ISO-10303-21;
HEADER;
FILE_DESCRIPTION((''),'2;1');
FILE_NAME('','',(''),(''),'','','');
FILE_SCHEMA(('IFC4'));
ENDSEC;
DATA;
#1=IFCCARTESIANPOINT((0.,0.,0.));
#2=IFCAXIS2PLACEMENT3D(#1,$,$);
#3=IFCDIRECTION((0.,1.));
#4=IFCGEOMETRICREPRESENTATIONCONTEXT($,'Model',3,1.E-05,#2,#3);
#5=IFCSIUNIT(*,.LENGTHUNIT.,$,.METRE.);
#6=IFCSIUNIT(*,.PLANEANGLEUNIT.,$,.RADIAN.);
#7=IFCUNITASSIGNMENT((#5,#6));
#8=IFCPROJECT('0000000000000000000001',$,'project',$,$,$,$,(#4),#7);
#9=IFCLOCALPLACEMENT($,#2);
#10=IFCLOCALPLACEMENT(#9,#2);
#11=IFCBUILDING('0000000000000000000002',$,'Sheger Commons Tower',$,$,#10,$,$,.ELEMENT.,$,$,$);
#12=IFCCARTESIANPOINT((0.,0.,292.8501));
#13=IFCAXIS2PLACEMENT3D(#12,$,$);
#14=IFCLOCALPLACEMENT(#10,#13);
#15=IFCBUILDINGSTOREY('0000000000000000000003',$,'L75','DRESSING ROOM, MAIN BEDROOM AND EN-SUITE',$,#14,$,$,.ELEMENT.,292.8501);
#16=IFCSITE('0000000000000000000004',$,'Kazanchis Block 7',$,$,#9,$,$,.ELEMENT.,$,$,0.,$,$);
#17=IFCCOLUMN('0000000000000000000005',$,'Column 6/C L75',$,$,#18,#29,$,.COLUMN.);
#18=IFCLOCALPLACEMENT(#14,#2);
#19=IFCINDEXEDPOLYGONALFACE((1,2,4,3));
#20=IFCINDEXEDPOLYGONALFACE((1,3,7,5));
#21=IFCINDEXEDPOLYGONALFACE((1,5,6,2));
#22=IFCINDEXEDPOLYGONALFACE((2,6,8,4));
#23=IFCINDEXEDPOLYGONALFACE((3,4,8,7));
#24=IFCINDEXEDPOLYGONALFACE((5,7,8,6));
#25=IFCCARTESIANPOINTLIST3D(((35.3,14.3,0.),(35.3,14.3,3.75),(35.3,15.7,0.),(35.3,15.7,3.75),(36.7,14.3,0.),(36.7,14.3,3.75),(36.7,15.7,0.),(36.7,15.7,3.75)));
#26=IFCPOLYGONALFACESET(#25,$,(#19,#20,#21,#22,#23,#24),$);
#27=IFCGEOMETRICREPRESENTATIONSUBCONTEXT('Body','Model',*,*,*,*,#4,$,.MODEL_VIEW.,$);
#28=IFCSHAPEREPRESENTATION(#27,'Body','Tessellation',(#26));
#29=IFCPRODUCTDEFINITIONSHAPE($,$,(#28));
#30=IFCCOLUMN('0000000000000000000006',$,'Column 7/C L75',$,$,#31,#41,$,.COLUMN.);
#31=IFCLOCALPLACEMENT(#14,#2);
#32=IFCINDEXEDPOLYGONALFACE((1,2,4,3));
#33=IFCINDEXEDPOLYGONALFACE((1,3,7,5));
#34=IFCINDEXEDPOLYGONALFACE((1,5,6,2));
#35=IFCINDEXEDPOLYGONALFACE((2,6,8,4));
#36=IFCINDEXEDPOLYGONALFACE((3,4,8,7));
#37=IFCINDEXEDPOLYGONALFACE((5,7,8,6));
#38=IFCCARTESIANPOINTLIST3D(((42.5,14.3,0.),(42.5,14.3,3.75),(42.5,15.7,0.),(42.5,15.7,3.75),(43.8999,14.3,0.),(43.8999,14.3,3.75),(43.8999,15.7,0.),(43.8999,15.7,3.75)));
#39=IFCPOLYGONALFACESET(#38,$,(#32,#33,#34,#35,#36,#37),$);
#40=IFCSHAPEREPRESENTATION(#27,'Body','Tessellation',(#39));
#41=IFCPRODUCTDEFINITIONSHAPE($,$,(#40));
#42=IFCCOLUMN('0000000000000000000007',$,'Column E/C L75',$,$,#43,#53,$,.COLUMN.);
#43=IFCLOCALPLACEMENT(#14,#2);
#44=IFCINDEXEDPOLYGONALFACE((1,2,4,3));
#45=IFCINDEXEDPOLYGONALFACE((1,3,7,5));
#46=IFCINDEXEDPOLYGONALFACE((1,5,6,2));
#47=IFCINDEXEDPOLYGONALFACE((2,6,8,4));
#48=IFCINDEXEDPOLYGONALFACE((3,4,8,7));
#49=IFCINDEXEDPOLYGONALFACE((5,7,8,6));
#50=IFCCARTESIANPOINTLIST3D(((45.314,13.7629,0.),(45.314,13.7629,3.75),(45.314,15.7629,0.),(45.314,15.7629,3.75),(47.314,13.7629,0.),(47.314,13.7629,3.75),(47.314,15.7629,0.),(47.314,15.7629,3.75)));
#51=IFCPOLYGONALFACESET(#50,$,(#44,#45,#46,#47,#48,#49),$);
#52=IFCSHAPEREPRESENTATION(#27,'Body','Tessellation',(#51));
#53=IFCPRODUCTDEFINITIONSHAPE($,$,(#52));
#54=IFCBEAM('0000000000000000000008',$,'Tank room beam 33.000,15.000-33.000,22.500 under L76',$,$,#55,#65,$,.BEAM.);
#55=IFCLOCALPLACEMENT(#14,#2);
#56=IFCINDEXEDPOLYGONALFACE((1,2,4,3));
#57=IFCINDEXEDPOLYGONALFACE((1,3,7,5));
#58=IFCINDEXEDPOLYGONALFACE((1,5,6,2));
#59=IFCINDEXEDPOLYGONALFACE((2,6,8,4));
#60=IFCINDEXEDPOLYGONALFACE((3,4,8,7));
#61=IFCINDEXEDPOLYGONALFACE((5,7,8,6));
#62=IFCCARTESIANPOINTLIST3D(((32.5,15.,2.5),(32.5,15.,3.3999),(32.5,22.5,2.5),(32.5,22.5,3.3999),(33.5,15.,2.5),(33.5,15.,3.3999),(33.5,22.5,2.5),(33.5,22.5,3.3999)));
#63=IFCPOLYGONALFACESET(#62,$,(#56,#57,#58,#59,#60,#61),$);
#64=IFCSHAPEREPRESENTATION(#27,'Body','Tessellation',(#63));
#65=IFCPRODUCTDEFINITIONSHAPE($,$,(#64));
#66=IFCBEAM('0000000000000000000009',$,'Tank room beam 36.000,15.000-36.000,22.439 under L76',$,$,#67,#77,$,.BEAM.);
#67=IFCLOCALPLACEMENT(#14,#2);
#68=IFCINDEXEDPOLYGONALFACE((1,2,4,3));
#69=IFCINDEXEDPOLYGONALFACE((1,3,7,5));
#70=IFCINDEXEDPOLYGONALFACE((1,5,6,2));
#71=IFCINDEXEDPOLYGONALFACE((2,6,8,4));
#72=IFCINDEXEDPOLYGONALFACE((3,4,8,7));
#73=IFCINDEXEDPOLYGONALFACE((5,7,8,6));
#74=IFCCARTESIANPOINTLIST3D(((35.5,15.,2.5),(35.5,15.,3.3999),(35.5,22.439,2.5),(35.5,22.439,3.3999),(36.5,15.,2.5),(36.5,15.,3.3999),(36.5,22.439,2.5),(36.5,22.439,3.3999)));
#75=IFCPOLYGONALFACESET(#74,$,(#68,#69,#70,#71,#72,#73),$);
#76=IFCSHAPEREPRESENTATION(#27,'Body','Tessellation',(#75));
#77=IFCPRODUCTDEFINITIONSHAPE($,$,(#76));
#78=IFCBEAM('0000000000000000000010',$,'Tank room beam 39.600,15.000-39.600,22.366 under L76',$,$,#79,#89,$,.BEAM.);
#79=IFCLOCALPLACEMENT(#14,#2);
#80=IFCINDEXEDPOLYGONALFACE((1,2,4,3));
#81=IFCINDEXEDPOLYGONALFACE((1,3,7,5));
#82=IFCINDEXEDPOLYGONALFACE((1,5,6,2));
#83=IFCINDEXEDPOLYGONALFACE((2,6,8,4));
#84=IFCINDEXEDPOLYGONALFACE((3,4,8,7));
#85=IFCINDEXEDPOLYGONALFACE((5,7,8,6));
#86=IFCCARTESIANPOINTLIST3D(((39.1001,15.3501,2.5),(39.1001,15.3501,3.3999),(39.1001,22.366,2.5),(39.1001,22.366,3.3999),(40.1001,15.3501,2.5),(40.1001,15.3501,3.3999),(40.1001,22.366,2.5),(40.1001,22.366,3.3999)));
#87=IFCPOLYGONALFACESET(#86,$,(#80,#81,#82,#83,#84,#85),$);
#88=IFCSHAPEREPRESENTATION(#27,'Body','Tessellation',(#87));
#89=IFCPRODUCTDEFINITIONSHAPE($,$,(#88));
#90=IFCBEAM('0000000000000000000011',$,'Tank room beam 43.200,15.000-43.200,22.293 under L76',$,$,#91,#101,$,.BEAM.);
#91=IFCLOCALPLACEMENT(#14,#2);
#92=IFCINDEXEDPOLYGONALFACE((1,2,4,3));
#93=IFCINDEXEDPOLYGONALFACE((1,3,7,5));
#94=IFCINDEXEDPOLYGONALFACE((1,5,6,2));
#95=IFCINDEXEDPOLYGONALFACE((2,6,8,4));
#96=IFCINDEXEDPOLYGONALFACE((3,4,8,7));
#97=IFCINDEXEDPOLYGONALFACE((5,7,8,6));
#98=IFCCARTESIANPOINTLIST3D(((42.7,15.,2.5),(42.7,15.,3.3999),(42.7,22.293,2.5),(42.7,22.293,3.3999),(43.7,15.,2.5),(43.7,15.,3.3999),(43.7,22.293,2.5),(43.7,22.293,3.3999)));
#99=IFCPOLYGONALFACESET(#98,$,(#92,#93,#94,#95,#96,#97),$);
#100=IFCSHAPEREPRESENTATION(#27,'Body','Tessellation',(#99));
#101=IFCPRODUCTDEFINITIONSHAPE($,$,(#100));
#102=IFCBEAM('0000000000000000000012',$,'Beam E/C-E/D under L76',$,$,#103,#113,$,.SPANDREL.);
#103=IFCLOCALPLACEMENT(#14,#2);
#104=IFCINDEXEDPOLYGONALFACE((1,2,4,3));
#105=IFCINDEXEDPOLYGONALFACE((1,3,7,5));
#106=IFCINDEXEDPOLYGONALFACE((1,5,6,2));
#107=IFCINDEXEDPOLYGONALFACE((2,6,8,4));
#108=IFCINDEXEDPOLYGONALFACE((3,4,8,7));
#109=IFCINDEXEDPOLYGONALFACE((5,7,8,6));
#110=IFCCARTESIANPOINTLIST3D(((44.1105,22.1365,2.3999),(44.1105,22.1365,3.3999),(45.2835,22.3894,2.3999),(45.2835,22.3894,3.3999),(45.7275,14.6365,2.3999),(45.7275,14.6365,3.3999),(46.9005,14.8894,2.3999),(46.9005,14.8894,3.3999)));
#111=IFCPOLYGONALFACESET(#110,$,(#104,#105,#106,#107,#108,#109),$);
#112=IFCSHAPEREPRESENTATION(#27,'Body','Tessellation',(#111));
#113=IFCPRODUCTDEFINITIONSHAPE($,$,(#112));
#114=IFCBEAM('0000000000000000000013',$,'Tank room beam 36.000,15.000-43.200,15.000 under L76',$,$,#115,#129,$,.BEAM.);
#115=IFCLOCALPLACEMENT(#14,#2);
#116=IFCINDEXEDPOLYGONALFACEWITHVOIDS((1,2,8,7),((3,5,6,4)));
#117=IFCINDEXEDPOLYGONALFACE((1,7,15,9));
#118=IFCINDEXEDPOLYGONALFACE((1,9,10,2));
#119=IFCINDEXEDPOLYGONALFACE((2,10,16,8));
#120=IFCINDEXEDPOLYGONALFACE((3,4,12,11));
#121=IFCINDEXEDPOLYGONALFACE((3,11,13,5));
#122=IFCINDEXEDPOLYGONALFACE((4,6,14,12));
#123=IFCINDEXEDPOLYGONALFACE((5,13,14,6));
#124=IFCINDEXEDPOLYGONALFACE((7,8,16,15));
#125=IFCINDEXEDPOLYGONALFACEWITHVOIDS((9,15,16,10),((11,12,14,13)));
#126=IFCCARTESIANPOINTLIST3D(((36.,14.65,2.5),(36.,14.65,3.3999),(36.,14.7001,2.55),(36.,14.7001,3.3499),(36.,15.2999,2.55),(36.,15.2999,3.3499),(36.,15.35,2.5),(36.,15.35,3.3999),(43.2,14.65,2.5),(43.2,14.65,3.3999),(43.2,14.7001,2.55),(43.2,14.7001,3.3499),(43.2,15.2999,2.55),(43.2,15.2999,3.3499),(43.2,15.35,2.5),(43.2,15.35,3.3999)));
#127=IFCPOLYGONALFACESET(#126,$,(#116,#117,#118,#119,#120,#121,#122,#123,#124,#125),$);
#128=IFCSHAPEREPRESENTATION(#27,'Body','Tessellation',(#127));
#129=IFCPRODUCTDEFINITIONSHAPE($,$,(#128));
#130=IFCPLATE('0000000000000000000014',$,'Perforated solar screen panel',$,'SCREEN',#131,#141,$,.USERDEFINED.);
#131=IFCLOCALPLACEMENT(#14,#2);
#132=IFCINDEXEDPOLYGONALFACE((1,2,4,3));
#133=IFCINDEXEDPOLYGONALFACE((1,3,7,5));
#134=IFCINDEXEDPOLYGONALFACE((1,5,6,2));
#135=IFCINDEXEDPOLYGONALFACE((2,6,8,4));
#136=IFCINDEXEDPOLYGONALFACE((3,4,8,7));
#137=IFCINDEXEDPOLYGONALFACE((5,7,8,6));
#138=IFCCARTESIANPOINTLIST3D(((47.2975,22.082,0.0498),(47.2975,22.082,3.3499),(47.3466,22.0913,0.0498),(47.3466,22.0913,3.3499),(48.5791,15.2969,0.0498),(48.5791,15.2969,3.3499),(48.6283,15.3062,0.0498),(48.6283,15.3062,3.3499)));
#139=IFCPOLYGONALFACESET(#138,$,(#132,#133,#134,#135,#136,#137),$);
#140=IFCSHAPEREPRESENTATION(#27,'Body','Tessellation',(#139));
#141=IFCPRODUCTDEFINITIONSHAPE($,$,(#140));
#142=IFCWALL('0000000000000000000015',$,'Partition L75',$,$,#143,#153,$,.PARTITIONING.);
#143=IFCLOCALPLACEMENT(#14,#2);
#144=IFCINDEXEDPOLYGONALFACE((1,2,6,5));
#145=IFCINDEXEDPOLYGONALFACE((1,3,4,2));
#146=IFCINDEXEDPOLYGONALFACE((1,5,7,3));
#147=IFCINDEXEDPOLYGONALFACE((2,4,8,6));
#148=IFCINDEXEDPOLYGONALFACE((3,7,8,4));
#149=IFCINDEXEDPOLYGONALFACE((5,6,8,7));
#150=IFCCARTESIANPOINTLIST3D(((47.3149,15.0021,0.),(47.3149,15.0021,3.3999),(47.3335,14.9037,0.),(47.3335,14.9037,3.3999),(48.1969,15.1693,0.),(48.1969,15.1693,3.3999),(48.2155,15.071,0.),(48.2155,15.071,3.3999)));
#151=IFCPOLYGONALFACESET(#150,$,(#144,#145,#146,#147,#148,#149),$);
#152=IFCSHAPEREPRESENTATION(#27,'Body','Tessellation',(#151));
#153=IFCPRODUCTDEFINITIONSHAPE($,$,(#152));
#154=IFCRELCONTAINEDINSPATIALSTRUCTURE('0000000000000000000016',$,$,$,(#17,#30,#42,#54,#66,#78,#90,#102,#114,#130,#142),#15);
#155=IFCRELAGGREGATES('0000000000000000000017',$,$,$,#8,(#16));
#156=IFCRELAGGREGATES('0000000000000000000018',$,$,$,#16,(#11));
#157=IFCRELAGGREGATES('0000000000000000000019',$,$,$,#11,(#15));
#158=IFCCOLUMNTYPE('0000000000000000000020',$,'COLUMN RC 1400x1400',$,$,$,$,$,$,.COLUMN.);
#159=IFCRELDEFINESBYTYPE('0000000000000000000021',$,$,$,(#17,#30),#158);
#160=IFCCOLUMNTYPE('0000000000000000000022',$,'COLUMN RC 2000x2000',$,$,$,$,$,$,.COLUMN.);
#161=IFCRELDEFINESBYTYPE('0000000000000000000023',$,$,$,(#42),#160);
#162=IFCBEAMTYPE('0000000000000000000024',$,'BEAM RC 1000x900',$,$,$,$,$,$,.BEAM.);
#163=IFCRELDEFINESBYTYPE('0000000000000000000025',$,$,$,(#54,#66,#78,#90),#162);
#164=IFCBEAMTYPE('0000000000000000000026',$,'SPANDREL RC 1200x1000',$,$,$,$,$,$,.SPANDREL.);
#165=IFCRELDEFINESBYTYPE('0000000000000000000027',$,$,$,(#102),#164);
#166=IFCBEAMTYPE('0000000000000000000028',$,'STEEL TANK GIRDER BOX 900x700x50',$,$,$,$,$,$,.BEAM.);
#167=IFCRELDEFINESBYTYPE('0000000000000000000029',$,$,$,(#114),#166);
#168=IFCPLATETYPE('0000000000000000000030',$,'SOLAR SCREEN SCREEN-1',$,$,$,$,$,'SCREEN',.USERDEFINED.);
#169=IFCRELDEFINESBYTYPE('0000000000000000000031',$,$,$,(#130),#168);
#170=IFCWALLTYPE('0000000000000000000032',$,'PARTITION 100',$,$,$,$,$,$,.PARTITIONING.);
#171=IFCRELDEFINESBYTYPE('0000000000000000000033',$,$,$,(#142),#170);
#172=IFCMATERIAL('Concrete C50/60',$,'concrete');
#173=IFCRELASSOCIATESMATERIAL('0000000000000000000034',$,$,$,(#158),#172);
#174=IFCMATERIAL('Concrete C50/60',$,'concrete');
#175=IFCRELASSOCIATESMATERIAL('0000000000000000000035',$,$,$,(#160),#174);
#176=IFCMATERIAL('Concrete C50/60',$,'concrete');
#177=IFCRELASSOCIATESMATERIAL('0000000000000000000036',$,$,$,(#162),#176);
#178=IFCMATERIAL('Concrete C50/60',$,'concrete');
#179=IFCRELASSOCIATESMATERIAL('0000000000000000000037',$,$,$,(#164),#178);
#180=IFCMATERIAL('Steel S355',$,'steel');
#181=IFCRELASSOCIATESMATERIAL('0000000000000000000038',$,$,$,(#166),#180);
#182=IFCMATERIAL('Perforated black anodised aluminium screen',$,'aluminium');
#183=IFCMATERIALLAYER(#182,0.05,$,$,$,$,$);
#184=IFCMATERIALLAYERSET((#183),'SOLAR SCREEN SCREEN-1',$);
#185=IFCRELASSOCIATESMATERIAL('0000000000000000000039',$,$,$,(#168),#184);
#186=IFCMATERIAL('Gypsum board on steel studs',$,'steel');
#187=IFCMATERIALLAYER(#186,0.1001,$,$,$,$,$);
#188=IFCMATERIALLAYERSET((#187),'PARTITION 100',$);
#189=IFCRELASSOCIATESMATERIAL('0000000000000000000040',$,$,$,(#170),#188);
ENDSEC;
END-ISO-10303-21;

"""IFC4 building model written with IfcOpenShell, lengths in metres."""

from ifc_helpers import new_model, si_unit, direction, frame, frame_2d, origin, origin_2d, place, context, subcontext, project, spatial, rectangle, hollow_rectangle, extrude, material, layer, layer_set, material_profile, profile_set, type_object, element, save


model = new_model("IFC4")

# Units and contexts
model_context = context("Model", 3, precision=1e-05, world=origin(), true_north=direction((0.0, 1.0)))
body_context = subcontext(model_context, "Body", "Model", "MODEL_VIEW")
ifc_project = project(units=[si_unit("LENGTHUNIT", "METRE"), si_unit("PLANEANGLEUNIT", "RADIAN")], contexts=[model_context])

# Site, building, storey
site_placement = place(None, origin())
site = spatial("IfcSite", under=ifc_project, at=site_placement, Name="Kazanchis Block 7", CompositionType="ELEMENT", RefElevation=0.0)
building_placement = place(site_placement, origin())
building = spatial("IfcBuilding", under=site, at=building_placement, Name="Sheger Commons Tower", CompositionType="ELEMENT")
storey_placement = place(building_placement, frame((0.0, 0.0, 292.8501)))
storey = spatial("IfcBuildingStorey", under=building, at=storey_placement, Name="L75", Description="DRESSING ROOM, MAIN BEDROOM AND EN-SUITE", CompositionType="ELEMENT", Elevation=292.8501)

# Columns
ifc_material_1 = material(Name="Concrete C50/60", Category="concrete")
ifc_material_profile_1 = material_profile(ifc_material_1, rectangle(XDim=1.3999, YDim=1.3999, at=origin_2d()), Name="RC 1400x1400")
ifc_profile_set_1 = profile_set([ifc_material_profile_1], Name="Concrete C50/60")
column_type_1 = type_object("IfcColumnType", Name="COLUMN RC 1400x1400", PredefinedType="COLUMN", material=ifc_profile_set_1)
for number, where, z_axis, x_axis, name in (
    (1, (36.0, 15.0, 0.0), (0.0, 0.0, 1.0), (1.0, 0.0, 0.0), "Column 6/C L75"),
    (2, (43.2, 15.0, 0.0), (0.0, 0.0, 1.0), (1.0, 0.0, 0.0), "Column 7/C L75"),
):
    element("IfcColumn", number, at=place(storey_placement, frame(where, z_axis=z_axis, x_axis=x_axis)), inside=storey, type_object=column_type_1, Name=name, PredefinedType="COLUMN", context=body_context, shape_type="SweptSolid", body=[
        extrude(rectangle(XDim=1.3999, YDim=1.3999, at=origin_2d()), origin(), (0.0, 0.0, 1.0), 3.75),
    ])
ifc_material_2 = material(Name="Concrete C50/60", Category="concrete")
ifc_material_profile_2 = material_profile(ifc_material_2, rectangle(XDim=2.0, YDim=2.0, at=origin_2d()), Name="RC 2000x2000")
ifc_profile_set_2 = profile_set([ifc_material_profile_2], Name="Concrete C50/60")
column_type_2 = type_object("IfcColumnType", Name="COLUMN RC 2000x2000", PredefinedType="COLUMN", material=ifc_profile_set_2)
column_placement = place(storey_placement, frame((46.314, 14.7629, 0.0), z_axis=(0.0, 0.0, 1.0), x_axis=(1.0, 0.0, 0.0)))
element("IfcColumn", 3, at=column_placement, inside=storey, type_object=column_type_2, Name="Column E/C L75", PredefinedType="COLUMN", context=body_context, shape_type="SweptSolid", body=[
    extrude(rectangle(XDim=2.0, YDim=2.0, at=origin_2d()), origin(), (0.0, 0.0, 1.0), 3.75),
])

# Beams
ifc_material_3 = material(Name="Concrete C50/60", Category="concrete")
ifc_material_profile_3 = material_profile(ifc_material_3, rectangle(XDim=1.0, YDim=0.8999, at=origin_2d()), Name="RC 1000x900")
ifc_profile_set_3 = profile_set([ifc_material_profile_3], Name="Concrete C50/60")
beam_type_1 = type_object("IfcBeamType", Name="BEAM RC 1000x900", PredefinedType="BEAM", material=ifc_profile_set_3)
beam_1_placement = place(storey_placement, frame((33.0, 15.0, 2.95), z_axis=(0.0, 1.0, 0.0), x_axis=(-1.0, 0.0, 0.0)))
element("IfcBeam", 4, at=beam_1_placement, inside=storey, type_object=beam_type_1, Name="Tank room beam 33.000,15.000-33.000,22.500 under L76", PredefinedType="BEAM", context=body_context, shape_type="SweptSolid", body=[
    extrude(rectangle(XDim=1.0, YDim=0.8999, at=origin_2d()), origin(), (0.0, 0.0, 1.0), 7.5),
])
beam_2_placement = place(storey_placement, frame((36.0, 15.0, 2.95), z_axis=(0.0, 1.0, 0.0), x_axis=(-1.0, 0.0, 0.0)))
element("IfcBeam", 5, at=beam_2_placement, inside=storey, type_object=beam_type_1, Name="Tank room beam 36.000,15.000-36.000,22.439 under L76", PredefinedType="BEAM", context=body_context, shape_type="SweptSolid", body=[
    extrude(rectangle(XDim=1.0, YDim=0.8999, at=origin_2d()), origin(), (0.0, 0.0, 1.0), 7.439),
])
beam_3_placement = place(storey_placement, frame((39.6001, 15.3501, 2.95), z_axis=(0.0, 1.0, 0.0), x_axis=(-1.0, 0.0, 0.0)))
element("IfcBeam", 6, at=beam_3_placement, inside=storey, type_object=beam_type_1, Name="Tank room beam 39.600,15.000-39.600,22.366 under L76", PredefinedType="BEAM", context=body_context, shape_type="SweptSolid", body=[
    extrude(rectangle(XDim=1.0, YDim=0.8999, at=origin_2d()), origin(), (0.0, 0.0, 1.0), 7.0159),
])
beam_4_placement = place(storey_placement, frame((43.2, 15.0, 2.95), z_axis=(0.0, 1.0, 0.0), x_axis=(-1.0, 0.0, 0.0)))
element("IfcBeam", 7, at=beam_4_placement, inside=storey, type_object=beam_type_1, Name="Tank room beam 43.200,15.000-43.200,22.293 under L76", PredefinedType="BEAM", context=body_context, shape_type="SweptSolid", body=[
    extrude(rectangle(XDim=1.0, YDim=0.8999, at=origin_2d()), origin(), (0.0, 0.0, 1.0), 7.293),
])
ifc_material_4 = material(Name="Concrete C50/60", Category="concrete")
ifc_material_profile_4 = material_profile(ifc_material_4, rectangle(XDim=1.2, YDim=1.0, at=origin_2d()), Name="RC 1200x1000")
ifc_profile_set_4 = profile_set([ifc_material_profile_4], Name="Concrete C50/60")
beam_type_2 = type_object("IfcBeamType", Name="SPANDREL RC 1200x1000", PredefinedType="SPANDREL", material=ifc_profile_set_4)
beam_5_placement = place(storey_placement, frame((46.314, 14.7629, 2.8999), z_axis=(-0.21075, 0.97754, 0.0), x_axis=(-0.97754, -0.21075, 0.0)))
element("IfcBeam", 8, at=beam_5_placement, inside=storey, type_object=beam_type_2, Name="Beam E/C-E/D under L76", PredefinedType="SPANDREL", context=body_context, shape_type="SweptSolid", body=[
    extrude(rectangle(XDim=1.2, YDim=1.0, at=origin_2d()), origin(), (0.0, 0.0, 1.0), 7.6724),
])
ifc_material_5 = material(Name="Steel S355", Category="steel")
ifc_material_profile_5 = material_profile(ifc_material_5, hollow_rectangle(XDim=0.7, YDim=0.8999, WallThickness=0.05, at=origin_2d()), Name="BOX 900x700x50")
ifc_profile_set_5 = profile_set([ifc_material_profile_5], Name="Steel S355")
beam_type_3 = type_object("IfcBeamType", Name="STEEL TANK GIRDER BOX 900x700x50", PredefinedType="BEAM", material=ifc_profile_set_5)
beam_6_placement = place(storey_placement, frame((36.0, 15.0, 2.95), z_axis=(1.0, 0.0, 0.0), x_axis=(0.0, 1.0, 0.0)))
element("IfcBeam", 9, at=beam_6_placement, inside=storey, type_object=beam_type_3, Name="Tank room beam 36.000,15.000-43.200,15.000 under L76", PredefinedType="BEAM", context=body_context, shape_type="SweptSolid", body=[
    extrude(hollow_rectangle(XDim=0.7, YDim=0.8999, WallThickness=0.05, at=origin_2d()), origin(), (0.0, 0.0, 1.0), 7.2),
])

# Plate
ifc_material_6 = material(Name="Perforated black anodised aluminium screen", Category="aluminium")
ifc_layer_1 = layer(ifc_material_6, 0.05)
ifc_layer_set_1 = layer_set([ifc_layer_1], Name="SOLAR SCREEN SCREEN-1")
plate_type = type_object("IfcPlateType", Name="SOLAR SCREEN SCREEN-1", ElementType="SCREEN", PredefinedType="USERDEFINED", material=ifc_layer_set_1)
plate_placement = place(storey_placement, frame((47.9629, 18.6941, 0.0498), z_axis=(0.0, 0.0, 1.0), x_axis=(-0.185615, 0.982623, 0.0)))
element("IfcPlate", 10, at=plate_placement, inside=storey, type_object=plate_type, Name="Perforated solar screen panel", ObjectType="SCREEN", PredefinedType="USERDEFINED", context=body_context, shape_type="SweptSolid", body=[
    extrude(rectangle(XDim=6.905, YDim=0.05, at=origin_2d()), origin(), (0.0, 0.0, 1.0), 3.3),
])

# Wall
ifc_material_7 = material(Name="Gypsum board on steel studs", Category="steel")
ifc_layer_2 = layer(ifc_material_7, 0.1001)
ifc_layer_set_2 = layer_set([ifc_layer_2], Name="PARTITION 100")
wall_type_1 = type_object("IfcWallType", Name="PARTITION 100", PredefinedType="PARTITIONING", material=ifc_layer_set_2)
wall_1_placement = place(storey_placement, frame((48.2061, 15.1201, 0.0), z_axis=(0.0, 0.0, 1.0), x_axis=(-0.982498, -0.186275, 0.0)))
element("IfcWall", 11, at=wall_1_placement, inside=storey, type_object=wall_type_1, Name="Partition L75", PredefinedType="PARTITIONING", context=body_context, shape_type="SweptSolid", body=[
    extrude(rectangle(XDim=0.8977, YDim=0.1001, at=frame_2d((0.4487, 0.0))), origin(), (0.0, 0.0, 1.0), 3.3999),
])

save(model, "model.ifc")
